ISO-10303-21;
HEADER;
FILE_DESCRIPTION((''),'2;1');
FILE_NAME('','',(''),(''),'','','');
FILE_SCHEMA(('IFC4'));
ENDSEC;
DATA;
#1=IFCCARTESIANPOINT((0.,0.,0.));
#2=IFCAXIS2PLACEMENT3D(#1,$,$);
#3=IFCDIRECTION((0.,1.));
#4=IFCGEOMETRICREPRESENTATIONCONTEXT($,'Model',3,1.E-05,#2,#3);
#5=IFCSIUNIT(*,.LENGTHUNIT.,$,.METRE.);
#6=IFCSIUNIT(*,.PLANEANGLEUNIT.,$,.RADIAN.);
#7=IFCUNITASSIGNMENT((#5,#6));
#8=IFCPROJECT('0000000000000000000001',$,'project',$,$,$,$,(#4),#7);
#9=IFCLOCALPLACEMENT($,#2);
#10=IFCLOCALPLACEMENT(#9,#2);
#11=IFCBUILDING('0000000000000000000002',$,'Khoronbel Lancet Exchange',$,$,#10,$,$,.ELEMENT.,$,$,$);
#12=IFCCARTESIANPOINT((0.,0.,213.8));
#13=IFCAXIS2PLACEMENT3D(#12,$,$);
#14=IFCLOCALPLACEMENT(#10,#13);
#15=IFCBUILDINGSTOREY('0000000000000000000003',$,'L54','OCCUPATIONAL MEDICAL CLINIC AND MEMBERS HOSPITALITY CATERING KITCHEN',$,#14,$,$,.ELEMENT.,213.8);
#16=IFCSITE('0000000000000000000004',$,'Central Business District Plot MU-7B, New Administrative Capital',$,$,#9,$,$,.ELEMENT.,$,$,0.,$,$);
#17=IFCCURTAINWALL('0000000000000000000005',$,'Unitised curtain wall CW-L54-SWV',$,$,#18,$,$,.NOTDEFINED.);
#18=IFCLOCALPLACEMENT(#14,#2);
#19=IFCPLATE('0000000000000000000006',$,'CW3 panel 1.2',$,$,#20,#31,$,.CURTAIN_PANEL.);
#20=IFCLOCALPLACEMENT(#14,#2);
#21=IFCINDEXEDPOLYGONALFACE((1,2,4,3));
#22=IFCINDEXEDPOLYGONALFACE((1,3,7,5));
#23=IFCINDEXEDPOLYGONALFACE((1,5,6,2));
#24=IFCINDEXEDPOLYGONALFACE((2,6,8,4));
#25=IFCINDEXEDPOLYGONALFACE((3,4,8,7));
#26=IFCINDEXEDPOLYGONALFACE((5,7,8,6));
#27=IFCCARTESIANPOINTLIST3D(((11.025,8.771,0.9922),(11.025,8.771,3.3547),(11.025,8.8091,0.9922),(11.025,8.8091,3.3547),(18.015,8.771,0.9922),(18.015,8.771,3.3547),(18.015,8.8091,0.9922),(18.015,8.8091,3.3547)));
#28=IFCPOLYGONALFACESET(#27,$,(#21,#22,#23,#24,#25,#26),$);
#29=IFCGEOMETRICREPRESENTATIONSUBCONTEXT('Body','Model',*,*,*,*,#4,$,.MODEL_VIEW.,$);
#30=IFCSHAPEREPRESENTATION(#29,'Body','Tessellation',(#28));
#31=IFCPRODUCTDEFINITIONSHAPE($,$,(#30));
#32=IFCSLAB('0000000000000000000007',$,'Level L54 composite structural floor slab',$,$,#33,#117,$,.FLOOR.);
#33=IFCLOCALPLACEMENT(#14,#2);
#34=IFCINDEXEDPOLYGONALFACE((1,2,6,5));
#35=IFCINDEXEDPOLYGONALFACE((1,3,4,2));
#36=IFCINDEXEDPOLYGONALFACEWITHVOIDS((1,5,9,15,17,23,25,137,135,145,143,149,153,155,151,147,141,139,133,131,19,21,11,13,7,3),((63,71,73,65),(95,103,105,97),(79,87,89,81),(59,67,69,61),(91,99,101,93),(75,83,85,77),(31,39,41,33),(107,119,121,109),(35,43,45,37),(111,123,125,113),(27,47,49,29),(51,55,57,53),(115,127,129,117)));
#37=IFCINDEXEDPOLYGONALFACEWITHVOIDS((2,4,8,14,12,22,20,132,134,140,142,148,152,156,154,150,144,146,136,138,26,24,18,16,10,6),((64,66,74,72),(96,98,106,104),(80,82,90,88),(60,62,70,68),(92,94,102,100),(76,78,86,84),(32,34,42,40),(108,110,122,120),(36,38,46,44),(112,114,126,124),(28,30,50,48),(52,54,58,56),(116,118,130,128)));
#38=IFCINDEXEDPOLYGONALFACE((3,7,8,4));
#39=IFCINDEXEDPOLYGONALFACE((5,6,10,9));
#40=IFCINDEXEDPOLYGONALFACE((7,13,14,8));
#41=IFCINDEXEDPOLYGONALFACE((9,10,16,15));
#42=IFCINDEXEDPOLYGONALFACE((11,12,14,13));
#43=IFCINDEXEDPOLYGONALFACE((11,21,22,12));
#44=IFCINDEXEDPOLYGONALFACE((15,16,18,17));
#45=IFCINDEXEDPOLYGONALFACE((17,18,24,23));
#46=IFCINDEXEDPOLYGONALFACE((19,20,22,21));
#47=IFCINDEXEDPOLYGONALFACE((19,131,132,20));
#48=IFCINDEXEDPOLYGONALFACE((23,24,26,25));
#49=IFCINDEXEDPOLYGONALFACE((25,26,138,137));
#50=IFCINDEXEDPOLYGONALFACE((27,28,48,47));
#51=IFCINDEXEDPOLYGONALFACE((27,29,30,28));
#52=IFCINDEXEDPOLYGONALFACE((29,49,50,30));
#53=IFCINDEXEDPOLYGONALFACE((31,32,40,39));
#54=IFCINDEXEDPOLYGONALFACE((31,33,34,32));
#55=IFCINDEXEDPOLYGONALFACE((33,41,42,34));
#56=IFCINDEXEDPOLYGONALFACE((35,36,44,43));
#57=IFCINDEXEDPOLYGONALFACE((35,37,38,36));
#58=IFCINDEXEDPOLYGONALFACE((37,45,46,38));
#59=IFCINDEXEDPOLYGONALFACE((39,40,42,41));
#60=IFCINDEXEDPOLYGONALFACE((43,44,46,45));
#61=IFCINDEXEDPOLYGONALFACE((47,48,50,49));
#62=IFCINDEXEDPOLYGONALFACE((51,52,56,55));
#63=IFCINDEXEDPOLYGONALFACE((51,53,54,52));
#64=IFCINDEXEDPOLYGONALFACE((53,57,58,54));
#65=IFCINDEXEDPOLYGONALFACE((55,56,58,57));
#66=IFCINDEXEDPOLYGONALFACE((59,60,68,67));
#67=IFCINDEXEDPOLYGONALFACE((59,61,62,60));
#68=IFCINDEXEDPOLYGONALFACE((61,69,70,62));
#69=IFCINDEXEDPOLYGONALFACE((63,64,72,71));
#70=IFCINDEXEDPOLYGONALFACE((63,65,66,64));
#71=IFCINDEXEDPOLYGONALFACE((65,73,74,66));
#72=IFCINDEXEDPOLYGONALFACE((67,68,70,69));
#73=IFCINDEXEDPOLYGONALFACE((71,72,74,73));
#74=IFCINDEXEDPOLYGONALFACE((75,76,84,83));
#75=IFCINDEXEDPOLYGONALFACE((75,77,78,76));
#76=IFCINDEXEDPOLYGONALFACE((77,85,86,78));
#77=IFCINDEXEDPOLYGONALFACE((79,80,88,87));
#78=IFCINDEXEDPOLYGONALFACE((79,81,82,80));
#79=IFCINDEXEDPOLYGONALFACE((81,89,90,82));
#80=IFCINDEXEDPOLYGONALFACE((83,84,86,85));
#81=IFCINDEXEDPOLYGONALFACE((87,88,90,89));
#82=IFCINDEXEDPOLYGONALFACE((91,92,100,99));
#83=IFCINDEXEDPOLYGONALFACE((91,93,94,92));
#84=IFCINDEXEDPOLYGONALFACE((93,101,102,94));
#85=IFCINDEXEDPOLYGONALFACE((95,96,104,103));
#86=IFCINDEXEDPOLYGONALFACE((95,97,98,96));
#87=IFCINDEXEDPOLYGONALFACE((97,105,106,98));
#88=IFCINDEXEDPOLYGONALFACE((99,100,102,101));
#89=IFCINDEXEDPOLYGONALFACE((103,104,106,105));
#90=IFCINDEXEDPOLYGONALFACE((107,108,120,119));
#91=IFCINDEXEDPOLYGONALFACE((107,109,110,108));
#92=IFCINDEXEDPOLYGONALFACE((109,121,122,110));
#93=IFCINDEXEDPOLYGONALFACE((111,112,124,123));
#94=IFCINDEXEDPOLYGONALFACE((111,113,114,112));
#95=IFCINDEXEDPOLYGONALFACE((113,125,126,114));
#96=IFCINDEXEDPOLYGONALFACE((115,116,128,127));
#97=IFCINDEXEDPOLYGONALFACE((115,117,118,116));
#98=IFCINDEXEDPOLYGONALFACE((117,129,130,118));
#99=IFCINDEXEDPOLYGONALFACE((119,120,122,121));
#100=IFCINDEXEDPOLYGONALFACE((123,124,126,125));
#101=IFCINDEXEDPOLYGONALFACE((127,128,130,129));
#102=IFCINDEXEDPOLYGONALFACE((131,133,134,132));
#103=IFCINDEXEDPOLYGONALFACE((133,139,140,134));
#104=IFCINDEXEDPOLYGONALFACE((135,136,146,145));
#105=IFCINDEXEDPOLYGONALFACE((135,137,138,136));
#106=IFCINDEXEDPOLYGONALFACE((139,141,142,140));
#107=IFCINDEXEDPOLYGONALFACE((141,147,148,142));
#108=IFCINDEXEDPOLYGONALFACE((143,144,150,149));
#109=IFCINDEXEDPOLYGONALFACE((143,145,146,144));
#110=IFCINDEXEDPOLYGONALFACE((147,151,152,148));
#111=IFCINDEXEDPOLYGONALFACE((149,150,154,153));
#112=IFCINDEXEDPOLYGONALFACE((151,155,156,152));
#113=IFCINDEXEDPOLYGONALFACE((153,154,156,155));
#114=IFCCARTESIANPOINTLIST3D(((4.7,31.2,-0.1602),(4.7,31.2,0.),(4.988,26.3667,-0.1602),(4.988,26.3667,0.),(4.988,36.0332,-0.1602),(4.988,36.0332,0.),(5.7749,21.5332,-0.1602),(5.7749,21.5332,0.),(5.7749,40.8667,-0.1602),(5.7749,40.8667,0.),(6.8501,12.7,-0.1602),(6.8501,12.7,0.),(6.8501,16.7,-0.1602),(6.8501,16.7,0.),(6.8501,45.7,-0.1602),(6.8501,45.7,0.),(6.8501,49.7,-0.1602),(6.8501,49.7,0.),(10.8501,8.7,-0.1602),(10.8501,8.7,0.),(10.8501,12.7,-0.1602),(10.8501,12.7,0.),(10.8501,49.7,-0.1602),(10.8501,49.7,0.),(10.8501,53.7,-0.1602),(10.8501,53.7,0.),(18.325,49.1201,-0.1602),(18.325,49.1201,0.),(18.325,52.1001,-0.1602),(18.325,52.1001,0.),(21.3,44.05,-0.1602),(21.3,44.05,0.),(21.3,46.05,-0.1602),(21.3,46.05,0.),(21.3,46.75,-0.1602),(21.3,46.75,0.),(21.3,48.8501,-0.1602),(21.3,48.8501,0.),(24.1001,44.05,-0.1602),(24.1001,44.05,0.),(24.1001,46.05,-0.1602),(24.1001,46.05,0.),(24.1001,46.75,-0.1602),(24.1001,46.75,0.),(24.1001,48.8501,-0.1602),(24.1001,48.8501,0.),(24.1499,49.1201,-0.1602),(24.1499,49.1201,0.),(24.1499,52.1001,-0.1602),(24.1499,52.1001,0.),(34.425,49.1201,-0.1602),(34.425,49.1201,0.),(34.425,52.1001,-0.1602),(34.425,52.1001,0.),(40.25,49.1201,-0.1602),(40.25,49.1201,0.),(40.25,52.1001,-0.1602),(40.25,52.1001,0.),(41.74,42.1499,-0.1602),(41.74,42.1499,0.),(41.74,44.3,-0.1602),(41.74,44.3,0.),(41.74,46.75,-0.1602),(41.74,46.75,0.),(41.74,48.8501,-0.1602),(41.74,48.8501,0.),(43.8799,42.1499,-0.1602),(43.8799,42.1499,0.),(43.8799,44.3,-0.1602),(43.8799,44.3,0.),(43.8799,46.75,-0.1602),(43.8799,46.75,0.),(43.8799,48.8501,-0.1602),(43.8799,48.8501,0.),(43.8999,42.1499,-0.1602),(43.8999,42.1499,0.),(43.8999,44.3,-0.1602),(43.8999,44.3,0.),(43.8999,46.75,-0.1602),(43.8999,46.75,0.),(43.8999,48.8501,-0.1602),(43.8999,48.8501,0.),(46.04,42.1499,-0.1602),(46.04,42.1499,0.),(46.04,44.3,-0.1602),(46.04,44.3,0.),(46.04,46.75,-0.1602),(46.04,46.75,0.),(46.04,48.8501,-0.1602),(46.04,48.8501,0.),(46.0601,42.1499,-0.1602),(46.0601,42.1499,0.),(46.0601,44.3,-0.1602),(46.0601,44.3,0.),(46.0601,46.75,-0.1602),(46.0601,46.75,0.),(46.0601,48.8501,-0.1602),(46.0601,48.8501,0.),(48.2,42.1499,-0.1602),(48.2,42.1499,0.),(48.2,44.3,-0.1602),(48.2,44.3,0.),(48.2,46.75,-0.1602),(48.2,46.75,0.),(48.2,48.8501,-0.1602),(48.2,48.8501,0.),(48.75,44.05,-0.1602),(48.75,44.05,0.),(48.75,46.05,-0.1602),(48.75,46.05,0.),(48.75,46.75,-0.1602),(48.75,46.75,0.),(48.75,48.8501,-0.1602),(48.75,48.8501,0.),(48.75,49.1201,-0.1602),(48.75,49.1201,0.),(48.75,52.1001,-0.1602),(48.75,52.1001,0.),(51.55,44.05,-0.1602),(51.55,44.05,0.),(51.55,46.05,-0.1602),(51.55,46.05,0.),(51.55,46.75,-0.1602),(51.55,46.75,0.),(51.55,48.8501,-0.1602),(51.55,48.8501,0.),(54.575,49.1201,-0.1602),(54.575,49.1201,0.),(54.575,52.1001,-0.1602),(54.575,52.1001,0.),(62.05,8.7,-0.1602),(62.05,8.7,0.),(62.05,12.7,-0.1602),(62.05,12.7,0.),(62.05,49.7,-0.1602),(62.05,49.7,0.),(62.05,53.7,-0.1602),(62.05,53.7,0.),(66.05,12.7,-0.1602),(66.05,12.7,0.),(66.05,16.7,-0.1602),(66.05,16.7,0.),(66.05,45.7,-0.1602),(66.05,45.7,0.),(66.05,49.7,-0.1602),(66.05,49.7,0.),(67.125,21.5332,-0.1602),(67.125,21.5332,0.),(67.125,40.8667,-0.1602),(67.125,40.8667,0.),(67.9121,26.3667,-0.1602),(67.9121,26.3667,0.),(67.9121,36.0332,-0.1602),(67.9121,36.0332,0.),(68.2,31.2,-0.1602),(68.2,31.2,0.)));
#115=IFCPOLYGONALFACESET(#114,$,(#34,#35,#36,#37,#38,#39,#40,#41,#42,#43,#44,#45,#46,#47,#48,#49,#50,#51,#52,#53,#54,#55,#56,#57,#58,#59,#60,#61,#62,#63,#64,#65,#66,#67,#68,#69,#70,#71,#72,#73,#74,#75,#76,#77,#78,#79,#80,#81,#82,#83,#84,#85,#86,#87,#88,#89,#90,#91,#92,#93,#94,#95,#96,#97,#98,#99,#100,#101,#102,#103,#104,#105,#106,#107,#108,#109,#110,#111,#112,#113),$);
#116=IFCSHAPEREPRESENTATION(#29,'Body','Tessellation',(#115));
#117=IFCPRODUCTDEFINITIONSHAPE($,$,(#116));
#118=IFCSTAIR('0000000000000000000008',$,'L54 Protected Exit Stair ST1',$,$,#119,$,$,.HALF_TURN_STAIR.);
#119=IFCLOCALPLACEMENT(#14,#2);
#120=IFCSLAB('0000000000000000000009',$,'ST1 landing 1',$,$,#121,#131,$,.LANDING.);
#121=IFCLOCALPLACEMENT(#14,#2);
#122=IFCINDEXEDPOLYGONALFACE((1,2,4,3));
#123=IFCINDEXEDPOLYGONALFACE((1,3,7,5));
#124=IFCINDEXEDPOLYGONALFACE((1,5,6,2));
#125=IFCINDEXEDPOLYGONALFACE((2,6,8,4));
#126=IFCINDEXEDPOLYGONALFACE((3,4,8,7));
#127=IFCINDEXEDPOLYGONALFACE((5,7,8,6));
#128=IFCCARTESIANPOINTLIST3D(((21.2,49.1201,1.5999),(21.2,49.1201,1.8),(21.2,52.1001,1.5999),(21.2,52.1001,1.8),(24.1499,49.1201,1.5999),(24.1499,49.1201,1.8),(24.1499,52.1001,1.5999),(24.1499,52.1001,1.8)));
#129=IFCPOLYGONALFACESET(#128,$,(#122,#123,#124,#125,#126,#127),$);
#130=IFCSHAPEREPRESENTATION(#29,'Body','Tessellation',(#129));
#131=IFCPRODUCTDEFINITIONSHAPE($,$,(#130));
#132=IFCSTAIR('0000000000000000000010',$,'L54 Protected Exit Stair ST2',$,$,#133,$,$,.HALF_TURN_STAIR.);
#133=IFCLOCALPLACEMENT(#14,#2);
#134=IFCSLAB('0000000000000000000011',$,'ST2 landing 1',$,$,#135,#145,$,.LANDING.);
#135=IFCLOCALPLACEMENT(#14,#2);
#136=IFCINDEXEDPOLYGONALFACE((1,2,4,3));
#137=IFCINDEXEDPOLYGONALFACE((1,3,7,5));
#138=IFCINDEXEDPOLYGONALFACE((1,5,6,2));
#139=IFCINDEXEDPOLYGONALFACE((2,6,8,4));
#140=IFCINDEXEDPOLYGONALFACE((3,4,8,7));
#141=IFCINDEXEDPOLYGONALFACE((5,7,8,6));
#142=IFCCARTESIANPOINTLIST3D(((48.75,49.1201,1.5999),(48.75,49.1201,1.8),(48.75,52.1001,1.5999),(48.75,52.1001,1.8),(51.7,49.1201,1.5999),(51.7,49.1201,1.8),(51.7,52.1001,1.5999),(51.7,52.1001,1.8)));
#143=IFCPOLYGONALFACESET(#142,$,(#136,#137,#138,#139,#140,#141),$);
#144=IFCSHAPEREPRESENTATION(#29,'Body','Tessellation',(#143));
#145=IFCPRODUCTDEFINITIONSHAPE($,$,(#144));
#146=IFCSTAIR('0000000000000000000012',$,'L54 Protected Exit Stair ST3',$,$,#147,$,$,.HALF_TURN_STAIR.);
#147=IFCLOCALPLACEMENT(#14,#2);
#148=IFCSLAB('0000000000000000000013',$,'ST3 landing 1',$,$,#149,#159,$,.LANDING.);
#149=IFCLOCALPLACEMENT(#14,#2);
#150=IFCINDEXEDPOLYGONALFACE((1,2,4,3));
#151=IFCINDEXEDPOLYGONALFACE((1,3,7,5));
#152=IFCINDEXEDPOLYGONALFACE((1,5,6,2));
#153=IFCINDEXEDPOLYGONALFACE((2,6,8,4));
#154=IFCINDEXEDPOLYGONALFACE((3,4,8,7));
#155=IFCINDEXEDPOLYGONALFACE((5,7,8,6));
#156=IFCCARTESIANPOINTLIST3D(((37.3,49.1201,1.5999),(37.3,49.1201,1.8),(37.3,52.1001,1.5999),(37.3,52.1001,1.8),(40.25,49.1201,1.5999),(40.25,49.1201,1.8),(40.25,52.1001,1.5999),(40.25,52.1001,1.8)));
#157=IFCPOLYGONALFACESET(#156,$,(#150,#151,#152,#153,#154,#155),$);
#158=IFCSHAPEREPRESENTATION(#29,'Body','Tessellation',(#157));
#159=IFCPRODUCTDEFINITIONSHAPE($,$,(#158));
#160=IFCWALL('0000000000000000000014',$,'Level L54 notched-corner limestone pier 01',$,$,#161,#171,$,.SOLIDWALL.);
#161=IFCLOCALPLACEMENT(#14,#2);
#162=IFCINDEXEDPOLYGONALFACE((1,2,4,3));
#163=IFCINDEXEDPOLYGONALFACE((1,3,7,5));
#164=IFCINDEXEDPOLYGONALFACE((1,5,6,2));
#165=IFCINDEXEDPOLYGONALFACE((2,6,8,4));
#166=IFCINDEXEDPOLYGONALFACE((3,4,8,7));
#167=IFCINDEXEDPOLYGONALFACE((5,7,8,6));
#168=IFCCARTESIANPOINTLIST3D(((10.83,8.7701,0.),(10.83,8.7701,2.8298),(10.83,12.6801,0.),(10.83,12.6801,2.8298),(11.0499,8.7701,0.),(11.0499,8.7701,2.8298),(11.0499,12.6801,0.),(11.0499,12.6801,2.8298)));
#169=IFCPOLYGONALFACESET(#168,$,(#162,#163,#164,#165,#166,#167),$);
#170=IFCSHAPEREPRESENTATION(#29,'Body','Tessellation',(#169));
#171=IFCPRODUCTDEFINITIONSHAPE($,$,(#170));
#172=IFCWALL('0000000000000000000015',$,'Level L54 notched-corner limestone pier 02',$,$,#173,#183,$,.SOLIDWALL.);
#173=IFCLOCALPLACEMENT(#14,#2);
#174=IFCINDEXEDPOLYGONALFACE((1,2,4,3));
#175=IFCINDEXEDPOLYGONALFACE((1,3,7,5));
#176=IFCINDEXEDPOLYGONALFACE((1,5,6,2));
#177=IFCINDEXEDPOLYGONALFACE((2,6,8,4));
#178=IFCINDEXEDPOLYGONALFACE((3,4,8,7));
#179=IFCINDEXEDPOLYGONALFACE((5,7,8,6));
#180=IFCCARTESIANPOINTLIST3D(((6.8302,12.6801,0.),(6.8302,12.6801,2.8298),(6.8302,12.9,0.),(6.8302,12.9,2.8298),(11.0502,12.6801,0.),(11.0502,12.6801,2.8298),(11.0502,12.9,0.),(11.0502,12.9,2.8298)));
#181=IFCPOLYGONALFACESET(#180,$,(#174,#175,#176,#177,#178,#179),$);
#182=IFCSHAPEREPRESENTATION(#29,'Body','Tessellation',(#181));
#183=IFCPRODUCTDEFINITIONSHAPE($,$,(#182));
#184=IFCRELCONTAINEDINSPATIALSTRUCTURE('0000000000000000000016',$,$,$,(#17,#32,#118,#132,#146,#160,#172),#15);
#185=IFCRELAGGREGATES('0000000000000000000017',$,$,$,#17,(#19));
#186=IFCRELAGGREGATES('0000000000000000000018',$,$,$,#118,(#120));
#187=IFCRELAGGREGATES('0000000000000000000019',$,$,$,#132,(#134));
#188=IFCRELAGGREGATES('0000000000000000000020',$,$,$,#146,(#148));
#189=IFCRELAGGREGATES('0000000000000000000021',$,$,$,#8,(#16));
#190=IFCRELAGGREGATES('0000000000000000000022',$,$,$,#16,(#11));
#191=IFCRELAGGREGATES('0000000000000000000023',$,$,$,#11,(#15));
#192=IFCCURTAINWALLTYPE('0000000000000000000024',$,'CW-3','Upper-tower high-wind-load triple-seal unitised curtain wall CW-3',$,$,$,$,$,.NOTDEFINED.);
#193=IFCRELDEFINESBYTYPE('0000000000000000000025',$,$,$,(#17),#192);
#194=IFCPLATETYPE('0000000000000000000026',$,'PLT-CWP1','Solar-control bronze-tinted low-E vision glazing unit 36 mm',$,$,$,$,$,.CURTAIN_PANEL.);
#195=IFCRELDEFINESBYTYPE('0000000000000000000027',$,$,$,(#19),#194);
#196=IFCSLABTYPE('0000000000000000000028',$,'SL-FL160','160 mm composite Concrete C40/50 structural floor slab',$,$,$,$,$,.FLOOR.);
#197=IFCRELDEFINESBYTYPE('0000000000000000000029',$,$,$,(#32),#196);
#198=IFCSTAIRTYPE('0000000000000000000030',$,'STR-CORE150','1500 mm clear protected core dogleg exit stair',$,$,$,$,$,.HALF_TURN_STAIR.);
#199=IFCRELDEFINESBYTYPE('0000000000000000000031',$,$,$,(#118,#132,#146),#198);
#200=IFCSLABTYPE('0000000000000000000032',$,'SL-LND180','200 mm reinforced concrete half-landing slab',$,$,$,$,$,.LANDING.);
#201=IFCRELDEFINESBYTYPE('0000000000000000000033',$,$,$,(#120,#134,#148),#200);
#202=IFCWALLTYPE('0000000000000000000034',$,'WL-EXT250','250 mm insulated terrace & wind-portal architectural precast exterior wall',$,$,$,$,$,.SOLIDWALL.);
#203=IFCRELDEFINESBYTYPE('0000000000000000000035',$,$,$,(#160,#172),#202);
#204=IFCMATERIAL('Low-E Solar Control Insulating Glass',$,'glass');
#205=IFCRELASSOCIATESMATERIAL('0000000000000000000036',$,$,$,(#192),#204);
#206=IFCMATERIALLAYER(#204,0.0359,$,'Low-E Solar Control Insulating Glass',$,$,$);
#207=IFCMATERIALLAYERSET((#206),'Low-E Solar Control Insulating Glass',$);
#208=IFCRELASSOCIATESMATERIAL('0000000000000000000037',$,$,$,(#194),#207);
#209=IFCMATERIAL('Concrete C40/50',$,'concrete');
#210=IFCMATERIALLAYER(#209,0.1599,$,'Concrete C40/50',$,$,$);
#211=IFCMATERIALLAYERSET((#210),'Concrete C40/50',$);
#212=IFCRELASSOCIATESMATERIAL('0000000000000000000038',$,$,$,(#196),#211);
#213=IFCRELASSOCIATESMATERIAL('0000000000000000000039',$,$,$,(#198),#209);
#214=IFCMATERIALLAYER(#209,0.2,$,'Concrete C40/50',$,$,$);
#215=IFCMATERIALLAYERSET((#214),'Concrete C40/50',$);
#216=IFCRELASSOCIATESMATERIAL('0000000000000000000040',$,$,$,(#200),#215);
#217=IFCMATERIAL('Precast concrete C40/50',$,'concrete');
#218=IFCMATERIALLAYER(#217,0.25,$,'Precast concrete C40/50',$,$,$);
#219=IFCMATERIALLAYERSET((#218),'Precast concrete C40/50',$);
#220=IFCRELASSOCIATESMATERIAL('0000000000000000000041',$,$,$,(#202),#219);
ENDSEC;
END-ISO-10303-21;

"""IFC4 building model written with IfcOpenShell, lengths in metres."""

from ifc_helpers import new_model, si_unit, direction, frame, frame_2d, origin, origin_2d, place, context, subcontext, project, spatial, polyline, rectangle, outline, extrude, material, layer, layer_set, type_object, element, aggregate, save


model = new_model("IFC4")

# Units and contexts
model_context = context("Model", 3, precision=1e-05, world=origin(), true_north=direction((0.0, 1.0)))
body_context = subcontext(model_context, "Body", "Model", "MODEL_VIEW")
ifc_project = project(units=[si_unit("LENGTHUNIT", "METRE"), si_unit("PLANEANGLEUNIT", "RADIAN")], contexts=[model_context])

# Site, building, storey
site_placement = place(None, origin())
site = spatial("IfcSite", under=ifc_project, at=site_placement, Name="Central Business District Plot MU-7B, New Administrative Capital", CompositionType="ELEMENT", RefElevation=0.0)
building_placement = place(site_placement, origin())
building = spatial("IfcBuilding", under=site, at=building_placement, Name="Khoronbel Lancet Exchange", CompositionType="ELEMENT")
storey_placement = place(building_placement, frame((0.0, 0.0, 213.8)))
storey = spatial("IfcBuildingStorey", under=building, at=storey_placement, Name="L54", Description="OCCUPATIONAL MEDICAL CLINIC AND MEMBERS HOSPITALITY CATERING KITCHEN", CompositionType="ELEMENT", Elevation=213.8)

# Curtain wall
ifc_material_1 = material(Name="Low-E Solar Control Insulating Glass", Category="glass")
curtain_wall_type = type_object("IfcCurtainWallType", Name="CW-3", Description="Upper-tower high-wind-load triple-seal unitised curtain wall CW-3", PredefinedType="NOTDEFINED", material=ifc_material_1)
curtain_wall_1_placement = place(storey_placement, origin())
curtain_wall_1 = element("IfcCurtainWall", 1, at=curtain_wall_1_placement, inside=storey, type_object=curtain_wall_type, Name="Unitised curtain wall CW-L54-SWV", PredefinedType="NOTDEFINED")

# Plate
ifc_layer_1 = layer(ifc_material_1, 0.0359, Name="Low-E Solar Control Insulating Glass")
ifc_layer_set_1 = layer_set([ifc_layer_1], Name="Low-E Solar Control Insulating Glass")
plate_type = type_object("IfcPlateType", Name="PLT-CWP1", Description="Solar-control bronze-tinted low-E vision glazing unit 36 mm", PredefinedType="CURTAIN_PANEL", material=ifc_layer_set_1)
plate_1_placement = place(storey_placement, frame((14.52, 8.79, 0.9922), z_axis=(0.0, 0.0, 1.0), x_axis=(1.0, 0.0, 0.0)))
plate_1 = element("IfcPlate", 2, at=plate_1_placement, type_object=plate_type, Name="CW3 panel 1.2", PredefinedType="CURTAIN_PANEL", context=body_context, shape_type="SweptSolid", body=[
    extrude(rectangle(XDim=6.99, YDim=0.0381, at=origin_2d()), origin(), (0.0, 0.0, 1.0), 2.3625),
])
aggregate(curtain_wall_1, [plate_1])

# Slab
ifc_material_2 = material(Name="Concrete C40/50", Category="concrete")
ifc_layer_2 = layer(ifc_material_2, 0.1599, Name="Concrete C40/50")
ifc_layer_set_2 = layer_set([ifc_layer_2], Name="Concrete C40/50")
slab_type_1 = type_object("IfcSlabType", Name="SL-FL160", Description="160 mm composite Concrete C40/50 structural floor slab", PredefinedType="FLOOR", material=ifc_layer_set_2)
slab_1_placement = place(storey_placement, frame((0.0, 0.0, -0.1602)))
element("IfcSlab", 3, at=slab_1_placement, inside=storey, type_object=slab_type_1, Name="Level L54 composite structural floor slab", PredefinedType="FLOOR", context=body_context, shape_type="SweptSolid", body=[
    extrude(outline(polyline([(10.8501, 8.7), (62.05, 8.7), (62.05, 12.7), (66.05, 12.7), (66.05, 16.7), (67.125, 21.5332), (67.9121, 26.3667), (68.2, 31.2), (67.9121, 36.0332), (67.125, 40.8667), (66.05, 45.7), (66.05, 49.7), (62.05, 49.7), (62.05, 53.7), (10.8501, 53.7), (10.8501, 49.7), (6.8501, 49.7), (6.8501, 45.7), (5.7749, 40.8667), (4.988, 36.0332), (4.7, 31.2), (4.988, 26.3667), (5.7749, 21.5332), (6.8501, 16.7), (6.8501, 12.7), (10.8501, 12.7), (10.8501, 8.7)]), holes=[polyline([(18.325, 49.1201), (24.1499, 49.1201), (24.1499, 52.1001), (18.325, 52.1001), (18.325, 49.1201)]), polyline([(48.75, 49.1201), (54.575, 49.1201), (54.575, 52.1001), (48.75, 52.1001), (48.75, 49.1201)]), polyline([(34.425, 49.1201), (40.25, 49.1201), (40.25, 52.1001), (34.425, 52.1001), (34.425, 49.1201)]), polyline([(41.74, 46.75), (43.8799, 46.75), (43.8799, 48.8501), (41.74, 48.8501), (41.74, 46.75)]), polyline([(43.8999, 46.75), (46.04, 46.75), (46.04, 48.8501), (43.8999, 48.8501), (43.8999, 46.75)]), polyline([(46.0601, 46.75), (48.2, 46.75), (48.2, 48.8501), (46.0601, 48.8501), (46.0601, 46.75)]), polyline([(41.74, 42.1499), (43.8799, 42.1499), (43.8799, 44.3), (41.74, 44.3), (41.74, 42.1499)]), polyline([(43.8999, 42.1499), (46.04, 42.1499), (46.04, 44.3), (43.8999, 44.3), (43.8999, 42.1499)]), polyline([(46.0601, 42.1499), (48.2, 42.1499), (48.2, 44.3), (46.0601, 44.3), (46.0601, 42.1499)]), polyline([(21.3, 46.75), (24.1001, 46.75), (24.1001, 48.8501), (21.3, 48.8501), (21.3, 46.75)]), polyline([(48.75, 46.75), (51.55, 46.75), (51.55, 48.8501), (48.75, 48.8501), (48.75, 46.75)]), polyline([(21.3, 44.05), (24.1001, 44.05), (24.1001, 46.05), (21.3, 46.05), (21.3, 44.05)]), polyline([(48.75, 44.05), (51.55, 44.05), (51.55, 46.05), (48.75, 46.05), (48.75, 44.05)])]), origin(), (0.0, 0.0, 1.0), 0.1602),
])

# Stairs, slabs
stair_type = type_object("IfcStairType", Name="STR-CORE150", Description="1500 mm clear protected core dogleg exit stair", PredefinedType="HALF_TURN_STAIR", material=ifc_material_2)
stair_1_placement = place(storey_placement, origin())
stair_1 = element("IfcStair", 4, at=stair_1_placement, inside=storey, type_object=stair_type, Name="L54 Protected Exit Stair ST1", PredefinedType="HALF_TURN_STAIR")
ifc_layer_3 = layer(ifc_material_2, 0.2, Name="Concrete C40/50")
ifc_layer_set_3 = layer_set([ifc_layer_3], Name="Concrete C40/50")
slab_type_2 = type_object("IfcSlabType", Name="SL-LND180", Description="200 mm reinforced concrete half-landing slab", PredefinedType="LANDING", material=ifc_layer_set_3)
slab_2_placement = place(storey_placement, frame((0.0, 0.0, 1.5999)))
slab_2 = element("IfcSlab", 5, at=slab_2_placement, type_object=slab_type_2, Name="ST1 landing 1", PredefinedType="LANDING", context=body_context, shape_type="SweptSolid", body=[
    extrude(outline(polyline([(21.2, 49.1201), (24.1499, 49.1201), (24.1499, 52.1001), (21.2, 52.1001), (21.2, 49.1201)])), origin(), (0.0, 0.0, 1.0), 0.2002),
])
aggregate(stair_1, [slab_2])
stair_2_placement = place(storey_placement, origin())
stair_2 = element("IfcStair", 6, at=stair_2_placement, inside=storey, type_object=stair_type, Name="L54 Protected Exit Stair ST2", PredefinedType="HALF_TURN_STAIR")
slab_3_placement = place(storey_placement, frame((0.0, 0.0, 1.5999)))
slab_3 = element("IfcSlab", 7, at=slab_3_placement, type_object=slab_type_2, Name="ST2 landing 1", PredefinedType="LANDING", context=body_context, shape_type="SweptSolid", body=[
    extrude(outline(polyline([(51.7, 52.1001), (48.75, 52.1001), (48.75, 49.1201), (51.7, 49.1201), (51.7, 52.1001)])), origin(), (0.0, 0.0, 1.0), 0.2002),
])
aggregate(stair_2, [slab_3])
stair_3_placement = place(storey_placement, origin())
stair_3 = element("IfcStair", 8, at=stair_3_placement, inside=storey, type_object=stair_type, Name="L54 Protected Exit Stair ST3", PredefinedType="HALF_TURN_STAIR")
slab_4_placement = place(storey_placement, frame((0.0, 0.0, 1.5999)))
slab_4 = element("IfcSlab", 9, at=slab_4_placement, type_object=slab_type_2, Name="ST3 landing 1", PredefinedType="LANDING", context=body_context, shape_type="SweptSolid", body=[
    extrude(outline(polyline([(37.3, 49.1201), (40.25, 49.1201), (40.25, 52.1001), (37.3, 52.1001), (37.3, 49.1201)])), origin(), (0.0, 0.0, 1.0), 0.2002),
])
aggregate(stair_3, [slab_4])

# Walls
ifc_material_3 = material(Name="Precast concrete C40/50", Category="concrete")
ifc_layer_4 = layer(ifc_material_3, 0.25, Name="Precast concrete C40/50")
ifc_layer_set_4 = layer_set([ifc_layer_4], Name="Precast concrete C40/50")
wall_type_1 = type_object("IfcWallType", Name="WL-EXT250", Description="250 mm insulated terrace & wind-portal architectural precast exterior wall", PredefinedType="SOLIDWALL", material=ifc_layer_set_4)
wall_1_placement = place(storey_placement, frame((10.9399, 8.77, 0.0), z_axis=(0.0, 0.0, 1.0), x_axis=(0.0, 1.0, 0.0)))
element("IfcWall", 10, at=wall_1_placement, inside=storey, type_object=wall_type_1, Name="Level L54 notched-corner limestone pier 01", PredefinedType="SOLIDWALL", context=body_context, shape_type="SweptSolid", body=[
    extrude(rectangle(XDim=3.9099, YDim=0.22, at=frame_2d((1.9551, 0.0))), origin(), (0.0, 0.0, 1.0), 2.8298),
])
wall_2_placement = place(storey_placement, frame((11.05, 12.79, 0.0), z_axis=(0.0, 0.0, 1.0), x_axis=(-1.0, 0.0, 0.0)))
element("IfcWall", 11, at=wall_2_placement, inside=storey, type_object=wall_type_1, Name="Level L54 notched-corner limestone pier 02", PredefinedType="SOLIDWALL", context=body_context, shape_type="SweptSolid", body=[
    extrude(rectangle(XDim=4.22, YDim=0.22, at=frame_2d((2.1099, 0.0))), origin(), (0.0, 0.0, 1.0), 2.8298),
])

save(model, "model.ifc")
